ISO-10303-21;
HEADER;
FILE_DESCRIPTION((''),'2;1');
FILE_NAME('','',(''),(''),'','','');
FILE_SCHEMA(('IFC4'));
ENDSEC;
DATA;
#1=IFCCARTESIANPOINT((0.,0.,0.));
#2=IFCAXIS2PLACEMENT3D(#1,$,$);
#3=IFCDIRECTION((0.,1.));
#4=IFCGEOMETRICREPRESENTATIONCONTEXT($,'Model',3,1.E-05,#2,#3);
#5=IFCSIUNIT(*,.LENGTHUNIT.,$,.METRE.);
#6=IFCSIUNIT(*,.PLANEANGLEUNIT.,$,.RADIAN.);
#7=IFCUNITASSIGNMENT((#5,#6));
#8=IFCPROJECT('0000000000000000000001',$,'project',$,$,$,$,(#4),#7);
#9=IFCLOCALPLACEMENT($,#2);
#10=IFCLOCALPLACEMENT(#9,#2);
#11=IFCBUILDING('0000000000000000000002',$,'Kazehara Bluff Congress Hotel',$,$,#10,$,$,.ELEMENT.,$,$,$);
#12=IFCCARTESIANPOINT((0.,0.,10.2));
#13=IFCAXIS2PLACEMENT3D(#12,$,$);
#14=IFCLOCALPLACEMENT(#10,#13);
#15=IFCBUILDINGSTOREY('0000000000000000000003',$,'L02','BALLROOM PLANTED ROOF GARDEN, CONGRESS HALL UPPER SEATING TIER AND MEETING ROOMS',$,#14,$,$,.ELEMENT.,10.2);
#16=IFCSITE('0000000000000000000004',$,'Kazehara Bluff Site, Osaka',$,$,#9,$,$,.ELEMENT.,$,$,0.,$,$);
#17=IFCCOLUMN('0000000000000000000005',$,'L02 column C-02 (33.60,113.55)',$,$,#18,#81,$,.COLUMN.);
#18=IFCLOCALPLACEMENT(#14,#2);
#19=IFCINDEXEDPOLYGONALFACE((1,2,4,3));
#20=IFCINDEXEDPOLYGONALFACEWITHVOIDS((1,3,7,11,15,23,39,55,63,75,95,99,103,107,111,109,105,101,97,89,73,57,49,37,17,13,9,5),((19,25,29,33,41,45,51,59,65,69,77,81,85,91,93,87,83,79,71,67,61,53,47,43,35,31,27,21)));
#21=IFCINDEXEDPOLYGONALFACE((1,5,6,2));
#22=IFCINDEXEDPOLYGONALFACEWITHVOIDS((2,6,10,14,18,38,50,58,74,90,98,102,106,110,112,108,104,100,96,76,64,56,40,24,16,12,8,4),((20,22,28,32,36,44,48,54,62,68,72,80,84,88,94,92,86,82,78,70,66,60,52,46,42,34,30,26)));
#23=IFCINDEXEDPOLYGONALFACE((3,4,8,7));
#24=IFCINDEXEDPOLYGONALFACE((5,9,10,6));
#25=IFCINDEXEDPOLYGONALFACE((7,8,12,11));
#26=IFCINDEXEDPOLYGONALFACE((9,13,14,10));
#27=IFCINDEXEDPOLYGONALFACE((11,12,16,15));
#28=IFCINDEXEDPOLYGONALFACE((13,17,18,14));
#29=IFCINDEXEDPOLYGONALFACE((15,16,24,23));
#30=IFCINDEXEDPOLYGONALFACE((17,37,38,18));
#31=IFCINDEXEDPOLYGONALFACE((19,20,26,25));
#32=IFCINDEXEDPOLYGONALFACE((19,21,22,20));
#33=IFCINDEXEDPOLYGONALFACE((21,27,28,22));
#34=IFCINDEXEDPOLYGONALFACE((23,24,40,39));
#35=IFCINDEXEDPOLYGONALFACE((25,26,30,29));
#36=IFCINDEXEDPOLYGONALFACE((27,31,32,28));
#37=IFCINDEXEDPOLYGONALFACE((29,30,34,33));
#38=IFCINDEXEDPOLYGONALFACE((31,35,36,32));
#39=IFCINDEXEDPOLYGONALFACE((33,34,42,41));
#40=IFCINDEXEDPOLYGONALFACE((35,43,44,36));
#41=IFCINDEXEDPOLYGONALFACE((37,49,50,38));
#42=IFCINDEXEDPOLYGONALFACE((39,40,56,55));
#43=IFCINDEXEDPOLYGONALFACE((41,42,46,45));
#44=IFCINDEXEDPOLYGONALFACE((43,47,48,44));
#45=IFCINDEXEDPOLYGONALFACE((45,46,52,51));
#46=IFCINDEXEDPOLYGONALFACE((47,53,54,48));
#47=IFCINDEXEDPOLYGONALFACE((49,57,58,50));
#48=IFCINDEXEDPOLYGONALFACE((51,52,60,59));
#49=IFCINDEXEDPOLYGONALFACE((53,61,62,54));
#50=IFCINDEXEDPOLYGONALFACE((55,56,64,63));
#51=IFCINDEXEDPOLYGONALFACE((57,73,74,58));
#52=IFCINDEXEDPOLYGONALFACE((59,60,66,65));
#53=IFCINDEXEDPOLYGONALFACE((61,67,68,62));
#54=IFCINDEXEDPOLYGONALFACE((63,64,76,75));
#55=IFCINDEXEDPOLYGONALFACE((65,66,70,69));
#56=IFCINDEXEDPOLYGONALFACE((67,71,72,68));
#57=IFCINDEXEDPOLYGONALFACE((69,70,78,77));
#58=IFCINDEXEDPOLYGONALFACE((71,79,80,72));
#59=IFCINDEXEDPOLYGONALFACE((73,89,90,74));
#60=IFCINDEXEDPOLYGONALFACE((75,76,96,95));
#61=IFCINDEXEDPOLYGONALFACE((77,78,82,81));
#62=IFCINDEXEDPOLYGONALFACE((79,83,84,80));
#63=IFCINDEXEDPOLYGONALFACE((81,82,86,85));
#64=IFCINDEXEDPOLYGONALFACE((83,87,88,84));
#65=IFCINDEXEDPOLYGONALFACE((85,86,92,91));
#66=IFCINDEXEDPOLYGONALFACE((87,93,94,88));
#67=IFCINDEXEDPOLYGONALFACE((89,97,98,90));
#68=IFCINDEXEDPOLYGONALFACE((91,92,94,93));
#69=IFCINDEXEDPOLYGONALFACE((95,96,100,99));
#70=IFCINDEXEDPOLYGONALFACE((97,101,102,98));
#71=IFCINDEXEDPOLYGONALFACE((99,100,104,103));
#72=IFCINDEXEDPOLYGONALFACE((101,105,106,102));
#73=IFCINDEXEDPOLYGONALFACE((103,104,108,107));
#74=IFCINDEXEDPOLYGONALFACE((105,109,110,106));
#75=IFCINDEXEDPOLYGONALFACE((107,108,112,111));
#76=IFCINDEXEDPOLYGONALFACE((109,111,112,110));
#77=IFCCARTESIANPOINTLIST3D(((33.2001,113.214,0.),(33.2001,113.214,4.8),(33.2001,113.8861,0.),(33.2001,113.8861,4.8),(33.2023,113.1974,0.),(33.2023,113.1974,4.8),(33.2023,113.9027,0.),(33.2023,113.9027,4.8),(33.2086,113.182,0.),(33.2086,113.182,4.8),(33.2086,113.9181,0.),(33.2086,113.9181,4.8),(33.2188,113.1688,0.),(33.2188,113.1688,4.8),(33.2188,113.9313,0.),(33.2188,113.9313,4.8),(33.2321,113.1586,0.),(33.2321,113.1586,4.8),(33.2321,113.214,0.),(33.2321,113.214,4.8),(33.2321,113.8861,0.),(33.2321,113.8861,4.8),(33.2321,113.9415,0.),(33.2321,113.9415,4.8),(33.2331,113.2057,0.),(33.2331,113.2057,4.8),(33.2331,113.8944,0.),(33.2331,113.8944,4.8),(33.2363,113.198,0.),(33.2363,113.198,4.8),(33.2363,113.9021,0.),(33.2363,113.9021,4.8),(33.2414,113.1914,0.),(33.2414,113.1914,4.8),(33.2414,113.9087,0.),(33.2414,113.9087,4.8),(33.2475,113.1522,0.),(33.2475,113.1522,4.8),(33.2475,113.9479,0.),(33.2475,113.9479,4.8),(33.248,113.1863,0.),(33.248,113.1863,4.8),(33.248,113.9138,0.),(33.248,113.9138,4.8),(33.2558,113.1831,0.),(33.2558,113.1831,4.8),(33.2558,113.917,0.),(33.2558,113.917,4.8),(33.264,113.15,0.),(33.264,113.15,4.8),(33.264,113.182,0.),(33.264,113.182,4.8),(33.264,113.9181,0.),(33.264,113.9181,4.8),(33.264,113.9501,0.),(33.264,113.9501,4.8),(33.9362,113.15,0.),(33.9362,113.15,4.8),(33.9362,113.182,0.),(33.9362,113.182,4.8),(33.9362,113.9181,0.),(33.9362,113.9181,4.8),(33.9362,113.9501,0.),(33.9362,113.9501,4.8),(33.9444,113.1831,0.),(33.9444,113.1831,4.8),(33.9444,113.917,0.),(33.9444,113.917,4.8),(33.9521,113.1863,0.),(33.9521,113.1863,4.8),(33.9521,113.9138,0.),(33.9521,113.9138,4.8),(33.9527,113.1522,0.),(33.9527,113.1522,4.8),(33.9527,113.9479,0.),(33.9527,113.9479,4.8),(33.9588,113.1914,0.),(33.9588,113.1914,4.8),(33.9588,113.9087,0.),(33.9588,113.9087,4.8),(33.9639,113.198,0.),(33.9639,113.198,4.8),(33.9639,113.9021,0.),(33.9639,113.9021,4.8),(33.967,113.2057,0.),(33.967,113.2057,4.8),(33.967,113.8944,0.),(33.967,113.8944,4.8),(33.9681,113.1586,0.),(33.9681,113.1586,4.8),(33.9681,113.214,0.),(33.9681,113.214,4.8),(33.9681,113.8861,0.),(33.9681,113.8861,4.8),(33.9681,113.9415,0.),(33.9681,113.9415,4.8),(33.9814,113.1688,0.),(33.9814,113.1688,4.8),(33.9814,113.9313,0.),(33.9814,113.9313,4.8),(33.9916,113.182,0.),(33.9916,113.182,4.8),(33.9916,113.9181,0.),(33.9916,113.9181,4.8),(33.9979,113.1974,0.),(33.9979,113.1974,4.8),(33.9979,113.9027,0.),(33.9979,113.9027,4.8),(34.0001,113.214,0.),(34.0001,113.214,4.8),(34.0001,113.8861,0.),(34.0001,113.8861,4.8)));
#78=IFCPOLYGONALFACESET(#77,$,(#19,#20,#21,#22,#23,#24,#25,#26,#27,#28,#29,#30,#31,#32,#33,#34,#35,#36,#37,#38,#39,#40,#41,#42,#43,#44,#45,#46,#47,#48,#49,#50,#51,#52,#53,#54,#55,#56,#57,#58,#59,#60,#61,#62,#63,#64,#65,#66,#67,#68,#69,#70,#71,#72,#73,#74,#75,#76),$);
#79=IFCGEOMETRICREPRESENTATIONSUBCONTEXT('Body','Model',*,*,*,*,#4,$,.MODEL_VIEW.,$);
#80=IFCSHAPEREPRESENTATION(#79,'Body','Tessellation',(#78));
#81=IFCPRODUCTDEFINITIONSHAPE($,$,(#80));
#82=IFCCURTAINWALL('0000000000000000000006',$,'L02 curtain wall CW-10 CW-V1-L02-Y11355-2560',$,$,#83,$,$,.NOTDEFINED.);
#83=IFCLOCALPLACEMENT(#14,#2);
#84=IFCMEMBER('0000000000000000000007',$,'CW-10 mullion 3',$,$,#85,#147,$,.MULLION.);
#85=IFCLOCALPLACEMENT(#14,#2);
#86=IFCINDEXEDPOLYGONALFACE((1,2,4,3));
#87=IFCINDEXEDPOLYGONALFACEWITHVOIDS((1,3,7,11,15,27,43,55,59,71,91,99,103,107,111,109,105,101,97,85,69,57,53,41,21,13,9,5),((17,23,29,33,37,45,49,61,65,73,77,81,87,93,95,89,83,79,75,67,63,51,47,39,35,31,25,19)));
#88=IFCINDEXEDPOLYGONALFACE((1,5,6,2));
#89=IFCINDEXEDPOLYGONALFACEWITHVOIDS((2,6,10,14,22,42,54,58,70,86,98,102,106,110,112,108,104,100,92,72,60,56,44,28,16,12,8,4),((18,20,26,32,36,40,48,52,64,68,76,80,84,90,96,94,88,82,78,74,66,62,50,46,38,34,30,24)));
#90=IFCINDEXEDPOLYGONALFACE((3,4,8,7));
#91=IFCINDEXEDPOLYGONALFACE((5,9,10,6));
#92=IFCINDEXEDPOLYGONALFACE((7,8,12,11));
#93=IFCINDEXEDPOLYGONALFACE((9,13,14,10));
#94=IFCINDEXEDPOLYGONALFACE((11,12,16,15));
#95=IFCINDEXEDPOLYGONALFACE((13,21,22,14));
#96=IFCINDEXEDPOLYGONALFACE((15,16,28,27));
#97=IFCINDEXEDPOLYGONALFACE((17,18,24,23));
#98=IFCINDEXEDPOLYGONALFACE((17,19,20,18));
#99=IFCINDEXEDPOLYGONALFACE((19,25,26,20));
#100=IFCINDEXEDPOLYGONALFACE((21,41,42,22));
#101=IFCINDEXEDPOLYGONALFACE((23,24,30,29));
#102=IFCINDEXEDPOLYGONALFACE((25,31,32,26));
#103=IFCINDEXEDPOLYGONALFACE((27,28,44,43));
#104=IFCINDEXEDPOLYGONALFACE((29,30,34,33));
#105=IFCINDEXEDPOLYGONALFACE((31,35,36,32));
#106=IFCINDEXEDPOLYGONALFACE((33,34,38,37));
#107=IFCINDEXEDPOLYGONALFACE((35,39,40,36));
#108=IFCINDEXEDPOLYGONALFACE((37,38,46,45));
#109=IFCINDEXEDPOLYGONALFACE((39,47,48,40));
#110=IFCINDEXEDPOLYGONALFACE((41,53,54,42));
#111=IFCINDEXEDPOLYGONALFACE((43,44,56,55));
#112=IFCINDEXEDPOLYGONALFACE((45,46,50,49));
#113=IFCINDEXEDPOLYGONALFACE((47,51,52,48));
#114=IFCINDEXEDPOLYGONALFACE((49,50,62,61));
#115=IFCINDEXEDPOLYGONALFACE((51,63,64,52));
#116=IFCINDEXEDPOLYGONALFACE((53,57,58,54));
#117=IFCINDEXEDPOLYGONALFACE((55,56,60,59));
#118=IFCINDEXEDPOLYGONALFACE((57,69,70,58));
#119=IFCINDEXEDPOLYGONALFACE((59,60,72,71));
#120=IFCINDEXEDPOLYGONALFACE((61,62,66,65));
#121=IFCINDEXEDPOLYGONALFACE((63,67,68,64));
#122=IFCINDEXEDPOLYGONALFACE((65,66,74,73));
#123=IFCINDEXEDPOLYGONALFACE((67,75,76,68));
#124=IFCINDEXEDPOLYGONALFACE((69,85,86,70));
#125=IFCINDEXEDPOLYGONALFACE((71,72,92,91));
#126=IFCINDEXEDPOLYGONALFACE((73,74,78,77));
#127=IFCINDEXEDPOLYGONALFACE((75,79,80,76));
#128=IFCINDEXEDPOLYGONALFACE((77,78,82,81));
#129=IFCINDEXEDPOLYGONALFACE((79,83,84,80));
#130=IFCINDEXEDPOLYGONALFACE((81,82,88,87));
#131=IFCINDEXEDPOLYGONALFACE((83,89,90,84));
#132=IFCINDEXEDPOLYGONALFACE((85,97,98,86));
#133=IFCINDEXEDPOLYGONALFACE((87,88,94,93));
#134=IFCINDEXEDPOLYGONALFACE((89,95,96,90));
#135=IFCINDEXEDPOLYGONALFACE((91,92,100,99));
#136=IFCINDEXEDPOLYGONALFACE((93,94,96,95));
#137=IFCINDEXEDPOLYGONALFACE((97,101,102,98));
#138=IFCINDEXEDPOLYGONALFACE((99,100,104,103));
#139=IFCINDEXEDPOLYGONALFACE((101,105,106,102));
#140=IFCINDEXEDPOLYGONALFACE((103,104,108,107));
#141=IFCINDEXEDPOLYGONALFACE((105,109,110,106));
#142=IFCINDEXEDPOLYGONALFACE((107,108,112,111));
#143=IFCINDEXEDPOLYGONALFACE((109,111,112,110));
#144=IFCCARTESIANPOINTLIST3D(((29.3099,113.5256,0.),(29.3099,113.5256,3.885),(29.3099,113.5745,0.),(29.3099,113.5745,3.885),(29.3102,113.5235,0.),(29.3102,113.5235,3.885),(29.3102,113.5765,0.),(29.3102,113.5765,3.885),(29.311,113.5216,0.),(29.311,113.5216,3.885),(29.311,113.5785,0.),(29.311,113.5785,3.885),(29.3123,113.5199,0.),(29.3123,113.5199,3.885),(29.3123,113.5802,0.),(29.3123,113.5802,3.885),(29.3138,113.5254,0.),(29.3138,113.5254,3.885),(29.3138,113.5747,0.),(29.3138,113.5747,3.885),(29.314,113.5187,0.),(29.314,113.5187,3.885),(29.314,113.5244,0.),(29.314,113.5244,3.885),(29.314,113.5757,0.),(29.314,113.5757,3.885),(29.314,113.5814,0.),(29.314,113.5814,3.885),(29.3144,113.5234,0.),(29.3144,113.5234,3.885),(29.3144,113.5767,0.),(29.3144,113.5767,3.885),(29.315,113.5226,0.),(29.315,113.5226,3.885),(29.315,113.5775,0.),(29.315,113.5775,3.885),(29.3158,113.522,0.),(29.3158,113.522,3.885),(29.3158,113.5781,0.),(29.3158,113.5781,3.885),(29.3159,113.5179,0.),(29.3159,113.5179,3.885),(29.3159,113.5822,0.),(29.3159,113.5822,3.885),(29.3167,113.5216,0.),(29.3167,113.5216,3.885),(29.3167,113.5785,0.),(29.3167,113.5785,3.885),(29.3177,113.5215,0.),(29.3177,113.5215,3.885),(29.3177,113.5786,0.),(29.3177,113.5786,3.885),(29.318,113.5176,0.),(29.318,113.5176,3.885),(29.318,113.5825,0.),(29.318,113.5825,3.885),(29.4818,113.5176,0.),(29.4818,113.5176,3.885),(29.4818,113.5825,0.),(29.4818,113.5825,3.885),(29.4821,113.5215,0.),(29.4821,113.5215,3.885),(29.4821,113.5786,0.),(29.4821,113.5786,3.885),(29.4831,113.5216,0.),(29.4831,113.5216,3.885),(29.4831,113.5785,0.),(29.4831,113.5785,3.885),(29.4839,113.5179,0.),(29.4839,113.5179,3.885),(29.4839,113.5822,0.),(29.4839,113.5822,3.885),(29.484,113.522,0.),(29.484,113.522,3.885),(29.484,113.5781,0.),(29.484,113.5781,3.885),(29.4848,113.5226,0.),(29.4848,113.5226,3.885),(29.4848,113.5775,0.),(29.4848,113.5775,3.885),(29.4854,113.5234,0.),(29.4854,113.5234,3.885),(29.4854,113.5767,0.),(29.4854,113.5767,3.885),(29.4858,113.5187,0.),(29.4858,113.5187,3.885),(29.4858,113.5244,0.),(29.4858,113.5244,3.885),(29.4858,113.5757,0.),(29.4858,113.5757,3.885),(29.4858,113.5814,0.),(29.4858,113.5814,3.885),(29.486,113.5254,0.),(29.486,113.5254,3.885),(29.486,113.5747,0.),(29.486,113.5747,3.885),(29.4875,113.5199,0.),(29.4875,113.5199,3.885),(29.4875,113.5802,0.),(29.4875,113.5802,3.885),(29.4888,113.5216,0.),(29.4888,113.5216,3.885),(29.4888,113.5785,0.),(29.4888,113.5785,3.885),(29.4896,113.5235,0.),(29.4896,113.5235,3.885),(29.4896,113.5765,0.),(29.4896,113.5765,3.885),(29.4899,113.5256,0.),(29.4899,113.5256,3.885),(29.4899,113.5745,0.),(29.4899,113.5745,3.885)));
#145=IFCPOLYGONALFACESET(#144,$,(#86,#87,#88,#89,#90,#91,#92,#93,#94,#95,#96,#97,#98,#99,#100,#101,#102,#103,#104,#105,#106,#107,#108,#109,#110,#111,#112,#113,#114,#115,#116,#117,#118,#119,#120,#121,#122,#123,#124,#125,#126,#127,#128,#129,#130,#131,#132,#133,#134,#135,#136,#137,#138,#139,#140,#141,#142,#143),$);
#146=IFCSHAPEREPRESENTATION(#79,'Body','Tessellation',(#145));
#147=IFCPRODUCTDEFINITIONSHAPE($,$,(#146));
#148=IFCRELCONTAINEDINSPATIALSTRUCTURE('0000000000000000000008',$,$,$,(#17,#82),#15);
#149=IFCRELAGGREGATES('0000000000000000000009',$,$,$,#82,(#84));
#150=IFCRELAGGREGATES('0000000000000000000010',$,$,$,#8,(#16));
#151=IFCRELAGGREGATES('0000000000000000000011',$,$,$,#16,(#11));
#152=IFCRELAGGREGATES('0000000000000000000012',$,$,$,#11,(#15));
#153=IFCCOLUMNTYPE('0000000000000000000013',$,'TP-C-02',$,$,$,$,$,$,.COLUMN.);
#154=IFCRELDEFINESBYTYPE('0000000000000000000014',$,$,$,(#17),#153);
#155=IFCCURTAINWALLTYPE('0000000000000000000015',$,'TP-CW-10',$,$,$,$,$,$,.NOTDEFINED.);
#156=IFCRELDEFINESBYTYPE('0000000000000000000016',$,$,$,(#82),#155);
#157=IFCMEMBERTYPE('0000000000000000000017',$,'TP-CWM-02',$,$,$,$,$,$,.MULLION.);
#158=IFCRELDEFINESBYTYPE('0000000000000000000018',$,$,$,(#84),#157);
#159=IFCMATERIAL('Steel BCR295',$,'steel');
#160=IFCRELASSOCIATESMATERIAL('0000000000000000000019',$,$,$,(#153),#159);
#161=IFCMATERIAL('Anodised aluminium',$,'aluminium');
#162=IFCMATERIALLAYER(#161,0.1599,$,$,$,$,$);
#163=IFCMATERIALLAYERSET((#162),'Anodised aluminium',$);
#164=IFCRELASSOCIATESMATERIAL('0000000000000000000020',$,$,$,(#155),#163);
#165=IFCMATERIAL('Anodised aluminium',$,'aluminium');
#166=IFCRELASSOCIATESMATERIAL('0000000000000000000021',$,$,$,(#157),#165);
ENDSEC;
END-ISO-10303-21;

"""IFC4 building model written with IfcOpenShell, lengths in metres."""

from ifc_helpers import new_model, si_unit, direction, frame, origin, origin_2d, place, context, subcontext, project, spatial, hollow_rectangle, extrude, material, layer, layer_set, material_profile, profile_set, type_object, element, aggregate, save


model = new_model("IFC4")

# Units and contexts
model_context = context("Model", 3, precision=1e-05, world=origin(), true_north=direction((0.0, 1.0)))
body_context = subcontext(model_context, "Body", "Model", "MODEL_VIEW")
ifc_project = project(units=[si_unit("LENGTHUNIT", "METRE"), si_unit("PLANEANGLEUNIT", "RADIAN")], contexts=[model_context])

# Site, building, storey
site_placement = place(None, origin())
site = spatial("IfcSite", under=ifc_project, at=site_placement, Name="Kazehara Bluff Site, Osaka", CompositionType="ELEMENT", RefElevation=0.0)
building_placement = place(site_placement, origin())
building = spatial("IfcBuilding", under=site, at=building_placement, Name="Kazehara Bluff Congress Hotel", CompositionType="ELEMENT")
storey_placement = place(building_placement, frame((0.0, 0.0, 10.2)))
storey = spatial("IfcBuildingStorey", under=building, at=storey_placement, Name="L02", Description="BALLROOM PLANTED ROOF GARDEN, CONGRESS HALL UPPER SEATING TIER AND MEETING ROOMS", CompositionType="ELEMENT", Elevation=10.2)

# Column
ifc_material_1 = material(Name="Steel BCR295", Category="steel")
ifc_material_profile_1 = material_profile(ifc_material_1, hollow_rectangle(XDim=0.8, YDim=0.8, WallThickness=0.032, InnerFilletRadius=0.032, OuterFilletRadius=0.064, at=origin_2d()))
ifc_profile_set_1 = profile_set([ifc_material_profile_1], Name="Steel BCR295")
column_type = type_object("IfcColumnType", Name="TP-C-02", PredefinedType="COLUMN", material=ifc_profile_set_1)
column_placement = place(storey_placement, frame((33.6001, 113.55, 0.0), z_axis=(0.0, 0.0, 1.0), x_axis=(1.0, 0.0, 0.0)))
element("IfcColumn", 1, at=column_placement, inside=storey, type_object=column_type, Name="L02 column C-02 (33.60,113.55)", PredefinedType="COLUMN", context=body_context, shape_type="SweptSolid", body=[
    extrude(hollow_rectangle(XDim=0.8, YDim=0.8, WallThickness=0.032, InnerFilletRadius=0.032, OuterFilletRadius=0.064, at=origin_2d()), origin(), (0.0, 0.0, 1.0), 4.8),
])

# Curtain wall, member
ifc_material_2 = material(Name="Anodised aluminium", Category="aluminium")
ifc_layer_1 = layer(ifc_material_2, 0.1599)
ifc_layer_set_1 = layer_set([ifc_layer_1], Name="Anodised aluminium")
curtain_wall_type = type_object("IfcCurtainWallType", Name="TP-CW-10", PredefinedType="NOTDEFINED", material=ifc_layer_set_1)
curtain_wall_1_placement = place(storey_placement, origin())
curtain_wall_1 = element("IfcCurtainWall", 2, at=curtain_wall_1_placement, inside=storey, type_object=curtain_wall_type, Name="L02 curtain wall CW-10 CW-V1-L02-Y11355-2560", PredefinedType="NOTDEFINED")
ifc_material_3 = material(Name="Anodised aluminium", Category="aluminium")
ifc_material_profile_2 = material_profile(ifc_material_3, hollow_rectangle(XDim=0.0649, YDim=0.1799, WallThickness=0.0039, InnerFilletRadius=0.0039, OuterFilletRadius=0.0081, at=origin_2d()))
ifc_profile_set_2 = profile_set([ifc_material_profile_2], Name="Anodised aluminium")
member_type_1 = type_object("IfcMemberType", Name="TP-CWM-02", PredefinedType="MULLION", material=ifc_profile_set_2)
member_1_placement = place(storey_placement, frame((29.3999, 113.55, 0.0), z_axis=(0.0, 0.0, 1.0), x_axis=(0.0, 1.0, 0.0)))
member_1 = element("IfcMember", 3, at=member_1_placement, type_object=member_type_1, Name="CW-10 mullion 3", PredefinedType="MULLION", context=body_context, shape_type="SweptSolid", body=[
    extrude(hollow_rectangle(XDim=0.0649, YDim=0.1799, WallThickness=0.0039, InnerFilletRadius=0.0039, OuterFilletRadius=0.0081, at=origin_2d()), origin(), (0.0, 0.0, 1.0), 3.885),
])

aggregate(curtain_wall_1, [member_1])

save(model, "model.ifc")
